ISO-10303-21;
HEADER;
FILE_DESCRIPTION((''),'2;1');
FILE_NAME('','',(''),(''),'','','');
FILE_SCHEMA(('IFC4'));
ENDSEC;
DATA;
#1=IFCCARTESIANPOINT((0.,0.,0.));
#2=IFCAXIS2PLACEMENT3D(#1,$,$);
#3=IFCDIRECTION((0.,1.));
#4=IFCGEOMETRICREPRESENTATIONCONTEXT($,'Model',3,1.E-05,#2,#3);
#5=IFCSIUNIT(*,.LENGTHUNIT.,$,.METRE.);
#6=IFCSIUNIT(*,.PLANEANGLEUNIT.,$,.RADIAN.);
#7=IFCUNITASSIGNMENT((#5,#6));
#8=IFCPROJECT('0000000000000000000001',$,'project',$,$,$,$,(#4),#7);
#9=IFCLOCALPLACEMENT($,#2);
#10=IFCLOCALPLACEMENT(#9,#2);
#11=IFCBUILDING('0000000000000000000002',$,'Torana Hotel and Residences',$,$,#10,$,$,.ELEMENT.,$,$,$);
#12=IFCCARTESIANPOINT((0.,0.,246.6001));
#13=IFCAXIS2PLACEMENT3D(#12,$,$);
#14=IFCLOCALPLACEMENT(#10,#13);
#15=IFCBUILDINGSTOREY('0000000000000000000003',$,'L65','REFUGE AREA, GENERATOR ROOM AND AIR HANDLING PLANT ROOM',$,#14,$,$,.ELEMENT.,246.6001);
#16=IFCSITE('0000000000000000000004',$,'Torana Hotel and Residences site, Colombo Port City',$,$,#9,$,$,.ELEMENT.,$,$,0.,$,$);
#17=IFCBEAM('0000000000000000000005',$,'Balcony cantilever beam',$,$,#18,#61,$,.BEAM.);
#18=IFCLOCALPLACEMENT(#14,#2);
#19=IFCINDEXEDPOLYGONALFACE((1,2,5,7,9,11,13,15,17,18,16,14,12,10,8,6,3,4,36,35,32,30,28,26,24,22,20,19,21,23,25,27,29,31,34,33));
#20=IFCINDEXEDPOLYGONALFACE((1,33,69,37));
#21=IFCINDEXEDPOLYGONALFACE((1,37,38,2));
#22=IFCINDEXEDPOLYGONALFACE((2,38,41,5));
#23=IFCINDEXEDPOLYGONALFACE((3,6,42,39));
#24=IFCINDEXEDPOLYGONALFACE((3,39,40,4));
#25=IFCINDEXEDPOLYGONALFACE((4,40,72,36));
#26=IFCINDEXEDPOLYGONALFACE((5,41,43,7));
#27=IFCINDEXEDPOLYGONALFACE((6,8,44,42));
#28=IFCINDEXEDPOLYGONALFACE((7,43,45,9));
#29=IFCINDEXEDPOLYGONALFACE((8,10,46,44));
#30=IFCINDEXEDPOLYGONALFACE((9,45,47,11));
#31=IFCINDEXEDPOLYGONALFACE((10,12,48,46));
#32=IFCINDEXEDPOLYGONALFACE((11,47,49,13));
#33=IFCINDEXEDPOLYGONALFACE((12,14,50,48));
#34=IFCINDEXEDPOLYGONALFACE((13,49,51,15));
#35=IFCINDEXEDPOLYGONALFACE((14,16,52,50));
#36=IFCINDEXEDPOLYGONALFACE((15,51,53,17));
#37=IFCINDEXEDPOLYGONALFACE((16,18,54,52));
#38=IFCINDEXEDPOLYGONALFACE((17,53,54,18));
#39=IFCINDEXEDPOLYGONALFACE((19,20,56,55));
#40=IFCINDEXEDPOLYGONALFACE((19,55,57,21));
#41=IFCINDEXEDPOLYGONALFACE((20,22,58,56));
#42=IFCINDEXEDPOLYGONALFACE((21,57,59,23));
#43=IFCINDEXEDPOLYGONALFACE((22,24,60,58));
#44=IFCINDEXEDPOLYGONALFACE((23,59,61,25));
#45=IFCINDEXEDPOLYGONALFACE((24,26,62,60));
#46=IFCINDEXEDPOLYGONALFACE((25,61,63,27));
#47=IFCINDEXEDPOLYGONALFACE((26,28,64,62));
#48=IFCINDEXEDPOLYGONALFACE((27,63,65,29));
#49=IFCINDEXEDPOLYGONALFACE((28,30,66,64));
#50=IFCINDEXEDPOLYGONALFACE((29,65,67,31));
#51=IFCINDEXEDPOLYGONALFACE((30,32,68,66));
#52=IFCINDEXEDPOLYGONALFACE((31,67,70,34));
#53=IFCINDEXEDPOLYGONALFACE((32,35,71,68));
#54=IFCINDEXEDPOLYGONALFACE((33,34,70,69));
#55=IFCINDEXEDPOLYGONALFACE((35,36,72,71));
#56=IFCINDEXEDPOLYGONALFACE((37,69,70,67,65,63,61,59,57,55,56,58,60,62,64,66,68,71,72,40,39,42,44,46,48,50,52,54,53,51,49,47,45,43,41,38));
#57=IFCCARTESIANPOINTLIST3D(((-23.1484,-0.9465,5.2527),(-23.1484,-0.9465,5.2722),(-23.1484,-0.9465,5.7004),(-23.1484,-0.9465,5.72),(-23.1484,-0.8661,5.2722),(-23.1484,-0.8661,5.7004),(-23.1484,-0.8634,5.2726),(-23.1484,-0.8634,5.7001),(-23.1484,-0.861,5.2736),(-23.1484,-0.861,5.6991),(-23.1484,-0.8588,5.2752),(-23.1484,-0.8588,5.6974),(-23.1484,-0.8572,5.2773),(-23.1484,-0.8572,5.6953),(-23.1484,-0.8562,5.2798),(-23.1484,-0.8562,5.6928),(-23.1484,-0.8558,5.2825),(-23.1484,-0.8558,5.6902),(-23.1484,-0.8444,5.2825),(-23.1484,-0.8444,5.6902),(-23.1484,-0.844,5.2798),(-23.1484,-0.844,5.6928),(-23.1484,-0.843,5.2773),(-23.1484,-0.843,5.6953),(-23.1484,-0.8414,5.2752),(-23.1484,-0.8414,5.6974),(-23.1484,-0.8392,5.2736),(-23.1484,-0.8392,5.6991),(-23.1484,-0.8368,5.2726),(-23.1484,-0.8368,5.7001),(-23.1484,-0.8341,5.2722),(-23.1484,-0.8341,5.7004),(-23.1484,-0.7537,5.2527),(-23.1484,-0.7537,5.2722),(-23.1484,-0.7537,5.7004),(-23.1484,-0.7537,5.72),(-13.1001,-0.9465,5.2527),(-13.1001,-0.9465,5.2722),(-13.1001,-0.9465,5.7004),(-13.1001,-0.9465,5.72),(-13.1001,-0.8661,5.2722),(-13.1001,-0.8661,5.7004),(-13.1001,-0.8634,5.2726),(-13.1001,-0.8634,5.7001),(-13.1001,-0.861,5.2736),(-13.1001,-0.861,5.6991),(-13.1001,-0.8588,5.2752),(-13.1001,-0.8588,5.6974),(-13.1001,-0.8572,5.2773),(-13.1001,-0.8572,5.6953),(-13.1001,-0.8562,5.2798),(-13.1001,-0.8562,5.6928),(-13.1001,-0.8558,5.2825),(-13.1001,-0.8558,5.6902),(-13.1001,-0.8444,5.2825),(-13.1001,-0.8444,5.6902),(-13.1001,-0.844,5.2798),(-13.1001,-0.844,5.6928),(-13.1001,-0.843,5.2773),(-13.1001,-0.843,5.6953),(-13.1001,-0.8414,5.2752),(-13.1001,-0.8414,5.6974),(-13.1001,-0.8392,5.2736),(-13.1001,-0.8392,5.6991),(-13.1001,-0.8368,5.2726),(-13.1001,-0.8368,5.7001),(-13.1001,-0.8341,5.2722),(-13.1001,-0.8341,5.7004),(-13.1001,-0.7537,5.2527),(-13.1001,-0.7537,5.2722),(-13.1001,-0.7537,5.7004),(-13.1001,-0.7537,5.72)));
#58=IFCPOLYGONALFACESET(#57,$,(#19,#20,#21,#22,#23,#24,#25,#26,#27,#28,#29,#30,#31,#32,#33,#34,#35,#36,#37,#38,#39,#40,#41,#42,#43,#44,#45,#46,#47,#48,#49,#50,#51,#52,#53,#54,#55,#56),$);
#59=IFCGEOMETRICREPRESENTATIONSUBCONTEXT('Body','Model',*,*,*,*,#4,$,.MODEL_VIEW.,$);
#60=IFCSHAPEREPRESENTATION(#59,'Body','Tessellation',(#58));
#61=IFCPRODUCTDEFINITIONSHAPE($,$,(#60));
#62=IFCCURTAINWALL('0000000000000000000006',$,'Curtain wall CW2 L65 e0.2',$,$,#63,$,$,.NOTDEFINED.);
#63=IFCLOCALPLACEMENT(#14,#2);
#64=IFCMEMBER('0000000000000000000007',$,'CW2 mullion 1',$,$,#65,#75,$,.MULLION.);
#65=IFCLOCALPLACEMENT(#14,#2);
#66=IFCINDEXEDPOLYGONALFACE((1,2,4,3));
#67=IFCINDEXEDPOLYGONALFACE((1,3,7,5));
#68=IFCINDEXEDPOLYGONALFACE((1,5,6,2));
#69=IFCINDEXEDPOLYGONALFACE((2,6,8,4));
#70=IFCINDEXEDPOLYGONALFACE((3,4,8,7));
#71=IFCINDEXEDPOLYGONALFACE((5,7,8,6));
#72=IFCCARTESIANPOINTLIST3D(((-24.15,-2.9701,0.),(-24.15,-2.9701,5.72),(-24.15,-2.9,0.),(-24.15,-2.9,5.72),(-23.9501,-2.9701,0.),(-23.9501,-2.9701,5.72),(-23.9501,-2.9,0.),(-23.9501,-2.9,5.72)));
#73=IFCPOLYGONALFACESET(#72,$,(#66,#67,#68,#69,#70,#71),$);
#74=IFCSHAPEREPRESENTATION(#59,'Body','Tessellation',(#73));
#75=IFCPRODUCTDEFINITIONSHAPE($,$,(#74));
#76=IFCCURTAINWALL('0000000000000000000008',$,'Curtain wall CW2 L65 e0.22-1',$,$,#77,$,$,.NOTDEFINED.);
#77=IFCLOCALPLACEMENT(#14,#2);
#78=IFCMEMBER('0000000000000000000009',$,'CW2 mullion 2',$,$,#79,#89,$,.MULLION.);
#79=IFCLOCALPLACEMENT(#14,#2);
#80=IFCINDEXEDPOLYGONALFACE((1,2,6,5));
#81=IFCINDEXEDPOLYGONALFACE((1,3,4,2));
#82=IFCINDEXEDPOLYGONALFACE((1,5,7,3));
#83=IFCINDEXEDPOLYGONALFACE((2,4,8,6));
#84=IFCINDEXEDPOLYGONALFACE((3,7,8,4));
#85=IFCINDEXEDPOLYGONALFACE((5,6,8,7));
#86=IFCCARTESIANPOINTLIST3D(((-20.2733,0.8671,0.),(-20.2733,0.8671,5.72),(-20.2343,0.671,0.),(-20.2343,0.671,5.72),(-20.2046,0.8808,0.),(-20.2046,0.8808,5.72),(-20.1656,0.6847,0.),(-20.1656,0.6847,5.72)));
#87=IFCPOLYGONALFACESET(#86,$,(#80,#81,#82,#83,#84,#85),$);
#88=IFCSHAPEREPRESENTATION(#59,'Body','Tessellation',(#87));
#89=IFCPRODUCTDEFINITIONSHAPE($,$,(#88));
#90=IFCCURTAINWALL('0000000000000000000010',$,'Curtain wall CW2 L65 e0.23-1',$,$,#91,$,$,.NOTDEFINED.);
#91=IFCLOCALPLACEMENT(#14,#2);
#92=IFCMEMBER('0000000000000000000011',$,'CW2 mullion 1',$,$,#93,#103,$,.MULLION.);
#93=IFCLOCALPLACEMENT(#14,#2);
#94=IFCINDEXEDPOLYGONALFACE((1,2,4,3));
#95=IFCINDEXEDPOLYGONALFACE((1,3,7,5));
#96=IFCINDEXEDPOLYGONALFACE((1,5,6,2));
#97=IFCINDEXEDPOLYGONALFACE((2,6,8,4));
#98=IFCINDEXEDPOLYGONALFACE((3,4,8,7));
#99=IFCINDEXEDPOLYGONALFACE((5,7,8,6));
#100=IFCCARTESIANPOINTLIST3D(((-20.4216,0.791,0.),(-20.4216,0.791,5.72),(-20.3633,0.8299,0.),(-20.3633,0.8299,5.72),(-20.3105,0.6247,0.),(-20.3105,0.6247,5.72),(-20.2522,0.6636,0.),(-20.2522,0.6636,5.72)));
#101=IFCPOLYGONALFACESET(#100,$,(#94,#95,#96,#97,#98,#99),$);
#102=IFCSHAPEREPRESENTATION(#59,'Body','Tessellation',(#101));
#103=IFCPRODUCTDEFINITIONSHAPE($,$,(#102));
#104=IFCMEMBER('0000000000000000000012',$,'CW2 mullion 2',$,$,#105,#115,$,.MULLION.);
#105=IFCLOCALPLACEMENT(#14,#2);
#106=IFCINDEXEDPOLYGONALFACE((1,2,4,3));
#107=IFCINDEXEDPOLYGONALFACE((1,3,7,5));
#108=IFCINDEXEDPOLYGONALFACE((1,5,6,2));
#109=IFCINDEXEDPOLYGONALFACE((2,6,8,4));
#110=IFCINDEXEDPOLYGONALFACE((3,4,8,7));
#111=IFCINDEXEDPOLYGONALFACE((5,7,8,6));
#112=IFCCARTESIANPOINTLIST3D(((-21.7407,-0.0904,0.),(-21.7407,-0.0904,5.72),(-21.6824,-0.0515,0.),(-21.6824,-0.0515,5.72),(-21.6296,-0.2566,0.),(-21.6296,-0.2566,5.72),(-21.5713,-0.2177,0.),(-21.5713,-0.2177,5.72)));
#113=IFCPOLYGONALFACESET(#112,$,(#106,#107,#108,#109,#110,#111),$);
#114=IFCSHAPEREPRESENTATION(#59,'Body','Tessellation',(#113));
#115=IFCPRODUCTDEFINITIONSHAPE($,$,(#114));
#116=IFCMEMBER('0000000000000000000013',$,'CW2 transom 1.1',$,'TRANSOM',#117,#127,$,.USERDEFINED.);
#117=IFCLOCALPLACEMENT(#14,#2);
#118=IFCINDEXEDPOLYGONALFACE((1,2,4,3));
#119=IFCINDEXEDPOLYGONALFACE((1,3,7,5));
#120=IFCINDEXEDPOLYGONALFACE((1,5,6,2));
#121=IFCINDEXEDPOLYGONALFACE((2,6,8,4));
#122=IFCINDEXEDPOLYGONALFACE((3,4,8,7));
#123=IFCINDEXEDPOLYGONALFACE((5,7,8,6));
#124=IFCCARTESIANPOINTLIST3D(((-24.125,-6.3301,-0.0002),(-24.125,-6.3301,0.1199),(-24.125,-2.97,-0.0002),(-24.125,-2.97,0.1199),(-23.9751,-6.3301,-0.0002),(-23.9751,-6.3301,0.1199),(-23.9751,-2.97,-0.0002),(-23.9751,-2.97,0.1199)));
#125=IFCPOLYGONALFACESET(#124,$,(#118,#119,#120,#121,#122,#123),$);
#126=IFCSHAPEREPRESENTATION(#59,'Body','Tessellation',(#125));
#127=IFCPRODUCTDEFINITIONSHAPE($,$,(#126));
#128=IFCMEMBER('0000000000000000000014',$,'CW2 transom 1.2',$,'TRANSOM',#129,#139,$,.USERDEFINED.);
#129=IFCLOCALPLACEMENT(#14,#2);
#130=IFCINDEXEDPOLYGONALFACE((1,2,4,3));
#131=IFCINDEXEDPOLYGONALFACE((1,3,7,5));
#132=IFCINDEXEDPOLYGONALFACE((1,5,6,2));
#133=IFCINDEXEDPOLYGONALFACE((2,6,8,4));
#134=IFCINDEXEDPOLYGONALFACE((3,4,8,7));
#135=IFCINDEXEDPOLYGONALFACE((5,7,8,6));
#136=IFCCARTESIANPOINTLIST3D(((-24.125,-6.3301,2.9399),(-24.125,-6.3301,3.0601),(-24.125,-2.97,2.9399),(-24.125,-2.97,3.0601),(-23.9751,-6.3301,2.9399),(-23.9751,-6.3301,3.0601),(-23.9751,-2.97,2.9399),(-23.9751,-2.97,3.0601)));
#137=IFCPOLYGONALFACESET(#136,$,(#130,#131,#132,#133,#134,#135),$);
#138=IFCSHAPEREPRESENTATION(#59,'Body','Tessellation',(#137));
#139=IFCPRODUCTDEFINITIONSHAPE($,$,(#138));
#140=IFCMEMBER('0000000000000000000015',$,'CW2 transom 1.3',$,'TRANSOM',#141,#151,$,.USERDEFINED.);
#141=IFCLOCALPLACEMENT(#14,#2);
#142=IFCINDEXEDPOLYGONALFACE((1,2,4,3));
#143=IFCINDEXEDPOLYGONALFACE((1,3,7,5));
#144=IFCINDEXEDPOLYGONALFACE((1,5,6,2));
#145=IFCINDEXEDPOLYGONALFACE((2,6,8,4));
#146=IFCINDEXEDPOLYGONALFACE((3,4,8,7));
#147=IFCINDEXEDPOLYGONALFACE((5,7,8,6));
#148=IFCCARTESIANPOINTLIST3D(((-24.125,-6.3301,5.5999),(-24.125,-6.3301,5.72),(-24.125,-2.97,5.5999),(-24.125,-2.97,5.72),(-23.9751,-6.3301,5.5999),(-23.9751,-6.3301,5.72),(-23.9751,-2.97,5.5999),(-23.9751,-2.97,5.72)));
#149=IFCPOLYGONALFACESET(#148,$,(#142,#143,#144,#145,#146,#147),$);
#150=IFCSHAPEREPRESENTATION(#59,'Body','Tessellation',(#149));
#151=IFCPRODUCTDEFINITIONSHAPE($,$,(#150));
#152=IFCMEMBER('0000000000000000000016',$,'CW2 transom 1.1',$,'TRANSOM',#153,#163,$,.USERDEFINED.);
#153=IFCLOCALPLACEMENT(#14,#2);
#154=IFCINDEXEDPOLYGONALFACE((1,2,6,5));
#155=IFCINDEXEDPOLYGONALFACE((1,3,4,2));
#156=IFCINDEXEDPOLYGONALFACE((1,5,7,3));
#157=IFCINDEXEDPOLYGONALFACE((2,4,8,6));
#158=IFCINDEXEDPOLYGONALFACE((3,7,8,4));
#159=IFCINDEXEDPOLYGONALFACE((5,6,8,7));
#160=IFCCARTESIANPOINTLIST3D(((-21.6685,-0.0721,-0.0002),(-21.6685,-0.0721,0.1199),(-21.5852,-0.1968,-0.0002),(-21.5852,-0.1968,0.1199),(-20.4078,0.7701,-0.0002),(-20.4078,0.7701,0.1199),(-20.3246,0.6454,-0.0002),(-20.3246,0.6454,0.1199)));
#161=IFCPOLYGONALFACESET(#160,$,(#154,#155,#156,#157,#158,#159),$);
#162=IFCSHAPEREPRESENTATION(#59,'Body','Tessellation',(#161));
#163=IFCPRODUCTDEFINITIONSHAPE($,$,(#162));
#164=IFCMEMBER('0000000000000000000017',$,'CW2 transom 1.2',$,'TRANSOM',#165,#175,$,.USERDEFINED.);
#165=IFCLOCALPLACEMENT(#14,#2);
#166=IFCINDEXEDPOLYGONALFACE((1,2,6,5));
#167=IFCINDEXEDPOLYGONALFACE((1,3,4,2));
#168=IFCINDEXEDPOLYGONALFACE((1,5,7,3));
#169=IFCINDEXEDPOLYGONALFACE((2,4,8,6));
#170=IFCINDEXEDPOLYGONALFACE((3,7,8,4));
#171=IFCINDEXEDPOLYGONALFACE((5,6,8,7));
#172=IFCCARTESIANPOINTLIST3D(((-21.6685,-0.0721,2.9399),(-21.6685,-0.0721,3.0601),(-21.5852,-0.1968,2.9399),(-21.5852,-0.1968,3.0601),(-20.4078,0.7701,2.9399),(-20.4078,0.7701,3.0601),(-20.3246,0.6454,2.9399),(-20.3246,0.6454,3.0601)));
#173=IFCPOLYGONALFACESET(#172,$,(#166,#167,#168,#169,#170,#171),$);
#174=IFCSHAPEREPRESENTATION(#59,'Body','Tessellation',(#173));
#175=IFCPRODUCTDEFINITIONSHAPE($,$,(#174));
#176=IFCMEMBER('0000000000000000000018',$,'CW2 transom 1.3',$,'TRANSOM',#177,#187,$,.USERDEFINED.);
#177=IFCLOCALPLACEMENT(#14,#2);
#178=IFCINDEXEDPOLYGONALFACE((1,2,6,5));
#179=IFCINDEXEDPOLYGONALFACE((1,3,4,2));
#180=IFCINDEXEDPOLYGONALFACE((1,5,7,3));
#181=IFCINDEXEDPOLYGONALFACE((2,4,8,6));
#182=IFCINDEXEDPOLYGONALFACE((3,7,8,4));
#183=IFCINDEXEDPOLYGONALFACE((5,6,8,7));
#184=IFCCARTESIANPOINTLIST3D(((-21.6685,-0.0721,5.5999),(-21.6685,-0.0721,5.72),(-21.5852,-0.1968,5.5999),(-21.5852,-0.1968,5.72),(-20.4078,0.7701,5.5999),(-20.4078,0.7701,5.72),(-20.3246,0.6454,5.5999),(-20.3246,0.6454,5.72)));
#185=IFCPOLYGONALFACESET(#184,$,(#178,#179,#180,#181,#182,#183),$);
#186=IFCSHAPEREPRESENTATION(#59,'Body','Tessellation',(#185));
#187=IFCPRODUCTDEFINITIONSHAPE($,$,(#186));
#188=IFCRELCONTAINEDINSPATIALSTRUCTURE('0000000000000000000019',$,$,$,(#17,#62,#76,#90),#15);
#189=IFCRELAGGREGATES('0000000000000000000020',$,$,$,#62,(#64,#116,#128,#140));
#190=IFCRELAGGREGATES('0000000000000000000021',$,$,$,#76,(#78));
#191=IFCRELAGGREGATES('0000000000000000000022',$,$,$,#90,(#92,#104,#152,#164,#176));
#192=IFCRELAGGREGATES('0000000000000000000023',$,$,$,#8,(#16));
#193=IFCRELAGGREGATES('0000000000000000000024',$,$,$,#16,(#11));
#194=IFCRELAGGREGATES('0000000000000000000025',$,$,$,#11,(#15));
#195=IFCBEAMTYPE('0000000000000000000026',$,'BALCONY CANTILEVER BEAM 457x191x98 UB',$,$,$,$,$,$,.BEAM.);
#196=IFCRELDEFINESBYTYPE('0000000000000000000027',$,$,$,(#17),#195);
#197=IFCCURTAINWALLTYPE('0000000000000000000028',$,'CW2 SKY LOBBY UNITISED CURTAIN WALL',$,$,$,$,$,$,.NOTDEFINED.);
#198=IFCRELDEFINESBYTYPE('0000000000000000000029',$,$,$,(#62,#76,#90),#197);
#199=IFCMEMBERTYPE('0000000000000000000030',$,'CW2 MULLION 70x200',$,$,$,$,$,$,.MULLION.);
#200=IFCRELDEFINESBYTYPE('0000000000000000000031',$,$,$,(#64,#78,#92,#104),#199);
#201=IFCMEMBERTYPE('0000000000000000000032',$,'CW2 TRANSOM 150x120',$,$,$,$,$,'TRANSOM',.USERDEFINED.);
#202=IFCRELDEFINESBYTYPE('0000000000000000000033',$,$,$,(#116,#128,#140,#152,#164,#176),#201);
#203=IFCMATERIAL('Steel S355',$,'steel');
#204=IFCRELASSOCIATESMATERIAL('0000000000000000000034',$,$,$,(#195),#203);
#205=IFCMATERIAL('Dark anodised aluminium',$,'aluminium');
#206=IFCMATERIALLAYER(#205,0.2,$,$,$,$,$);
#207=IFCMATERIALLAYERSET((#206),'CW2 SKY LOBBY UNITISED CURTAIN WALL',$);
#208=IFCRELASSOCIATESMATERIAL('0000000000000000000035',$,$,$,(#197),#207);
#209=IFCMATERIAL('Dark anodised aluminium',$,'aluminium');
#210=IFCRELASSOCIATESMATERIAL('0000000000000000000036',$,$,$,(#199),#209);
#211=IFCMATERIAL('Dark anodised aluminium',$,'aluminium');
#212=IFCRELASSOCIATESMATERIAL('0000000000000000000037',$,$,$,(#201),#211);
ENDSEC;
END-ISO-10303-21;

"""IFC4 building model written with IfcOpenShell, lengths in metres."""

from ifc_helpers import new_model, si_unit, direction, frame, origin, origin_2d, place, context, subcontext, project, spatial, rectangle, i_section, extrude, material, layer, layer_set, material_profile, profile_set, type_object, element, aggregate, save


model = new_model("IFC4")

# Units and contexts
model_context = context("Model", 3, precision=1e-05, world=origin(), true_north=direction((0.0, 1.0)))
body_context = subcontext(model_context, "Body", "Model", "MODEL_VIEW")
ifc_project = project(units=[si_unit("LENGTHUNIT", "METRE"), si_unit("PLANEANGLEUNIT", "RADIAN")], contexts=[model_context])

# Site, building, storey
site_placement = place(None, origin())
site = spatial("IfcSite", under=ifc_project, at=site_placement, Name="Torana Hotel and Residences site, Colombo Port City", CompositionType="ELEMENT", RefElevation=0.0)
building_placement = place(site_placement, origin())
building = spatial("IfcBuilding", under=site, at=building_placement, Name="Torana Hotel and Residences", CompositionType="ELEMENT")
storey_placement = place(building_placement, frame((0.0, 0.0, 246.6001)))
storey = spatial("IfcBuildingStorey", under=building, at=storey_placement, Name="L65", Description="REFUGE AREA, GENERATOR ROOM AND AIR HANDLING PLANT ROOM", CompositionType="ELEMENT", Elevation=246.6001)

# Beam
ifc_material_1 = material(Name="Steel S355", Category="steel")
ifc_material_profile_1 = material_profile(ifc_material_1, i_section(OverallWidth=0.1929, OverallDepth=0.4673, WebThickness=0.0115, FlangeThickness=0.0195, FilletRadius=0.0103, at=origin_2d()), Name="457x191x98 UB")
ifc_profile_set_1 = profile_set([ifc_material_profile_1], Name="Steel S355")
beam_type = type_object("IfcBeamType", Name="BALCONY CANTILEVER BEAM 457x191x98 UB", PredefinedType="BEAM", material=ifc_profile_set_1)
beam_placement = place(storey_placement, frame((-23.1484, -0.8501, 5.4863), z_axis=(1.0, 0.0, 0.0), x_axis=(0.0, 1.0, 0.0)))
element("IfcBeam", 1, at=beam_placement, inside=storey, type_object=beam_type, Name="Balcony cantilever beam", PredefinedType="BEAM", context=body_context, shape_type="SweptSolid", body=[
    extrude(i_section(OverallWidth=0.1929, OverallDepth=0.4673, WebThickness=0.0115, FlangeThickness=0.0195, FilletRadius=0.0103, at=origin_2d()), origin(), (0.0, 0.0, 1.0), 10.0483),
])

# Curtain walls, members
ifc_material_2 = material(Name="Dark anodised aluminium", Category="aluminium")
ifc_layer_1 = layer(ifc_material_2, 0.2)
ifc_layer_set_1 = layer_set([ifc_layer_1], Name="CW2 SKY LOBBY UNITISED CURTAIN WALL")
curtain_wall_type = type_object("IfcCurtainWallType", Name="CW2 SKY LOBBY UNITISED CURTAIN WALL", PredefinedType="NOTDEFINED", material=ifc_layer_set_1)
curtain_wall_1_placement = place(storey_placement, origin())
curtain_wall_1 = element("IfcCurtainWall", 2, at=curtain_wall_1_placement, inside=storey, type_object=curtain_wall_type, Name="Curtain wall CW2 L65 e0.2", PredefinedType="NOTDEFINED")
ifc_material_3 = material(Name="Dark anodised aluminium", Category="aluminium")
ifc_material_profile_2 = material_profile(ifc_material_3, rectangle(XDim=0.2, YDim=0.0701, at=origin_2d()), Name="CW2 MULLION 70x200")
ifc_profile_set_2 = profile_set([ifc_material_profile_2], Name="Dark anodised aluminium")
member_type_1 = type_object("IfcMemberType", Name="CW2 MULLION 70x200", PredefinedType="MULLION", material=ifc_profile_set_2)
member_1_placement = place(storey_placement, frame((-24.05, -2.9351, 0.0), z_axis=(0.0, 0.0, 1.0), x_axis=(1.0, 0.0, 0.0)))
member_1 = element("IfcMember", 3, at=member_1_placement, type_object=member_type_1, Name="CW2 mullion 1", PredefinedType="MULLION", context=body_context, shape_type="SweptSolid", body=[
    extrude(rectangle(XDim=0.2, YDim=0.0701, at=origin_2d()), origin(), (0.0, 0.0, 1.0), 5.72),
])
curtain_wall_2_placement = place(storey_placement, origin())
curtain_wall_2 = element("IfcCurtainWall", 4, at=curtain_wall_2_placement, inside=storey, type_object=curtain_wall_type, Name="Curtain wall CW2 L65 e0.22-1", PredefinedType="NOTDEFINED")
member_2_placement = place(storey_placement, frame((-20.2195, 0.7759, 0.0), z_axis=(0.0, 0.0, 1.0), x_axis=(0.195064, -0.980791, 0.0)))
member_2 = element("IfcMember", 5, at=member_2_placement, type_object=member_type_1, Name="CW2 mullion 2", PredefinedType="MULLION", context=body_context, shape_type="SweptSolid", body=[
    extrude(rectangle(XDim=0.2, YDim=0.0701, at=origin_2d()), origin(), (0.0, 0.0, 1.0), 5.72),
])

# Curtain wall, members
curtain_wall_3_placement = place(storey_placement, origin())
curtain_wall_3 = element("IfcCurtainWall", 6, at=curtain_wall_3_placement, inside=storey, type_object=curtain_wall_type, Name="Curtain wall CW2 L65 e0.23-1", PredefinedType="NOTDEFINED")
member_3_placement = place(storey_placement, frame((-20.3369, 0.7273, 0.0), z_axis=(0.0, 0.0, 1.0), x_axis=(0.555564, -0.831474, 0.0)))
member_3 = element("IfcMember", 7, at=member_3_placement, type_object=member_type_1, Name="CW2 mullion 1", PredefinedType="MULLION", context=body_context, shape_type="SweptSolid", body=[
    extrude(rectangle(XDim=0.2, YDim=0.0701, at=origin_2d()), origin(), (0.0, 0.0, 1.0), 5.72),
])
member_4_placement = place(storey_placement, frame((-21.656, -0.1541, 0.0), z_axis=(0.0, 0.0, 1.0), x_axis=(0.555564, -0.831474, 0.0)))
member_4 = element("IfcMember", 8, at=member_4_placement, type_object=member_type_1, Name="CW2 mullion 2", PredefinedType="MULLION", context=body_context, shape_type="SweptSolid", body=[
    extrude(rectangle(XDim=0.2, YDim=0.0701, at=origin_2d()), origin(), (0.0, 0.0, 1.0), 5.72),
])

# Members
ifc_material_4 = material(Name="Dark anodised aluminium", Category="aluminium")
ifc_material_profile_3 = material_profile(ifc_material_4, rectangle(XDim=0.1499, YDim=0.1201, at=origin_2d()), Name="CW2 TRANSOM 150x120")
ifc_profile_set_3 = profile_set([ifc_material_profile_3], Name="Dark anodised aluminium")
member_type_2 = type_object("IfcMemberType", Name="CW2 TRANSOM 150x120", ElementType="TRANSOM", PredefinedType="USERDEFINED", material=ifc_profile_set_3)
member_5_placement = place(storey_placement, frame((-24.05, -2.97, 0.0598), z_axis=(0.0, -1.0, 0.0), x_axis=(1.0, 0.0, 0.0)))
member_5 = element("IfcMember", 9, at=member_5_placement, type_object=member_type_2, Name="CW2 transom 1.1", ObjectType="TRANSOM", PredefinedType="USERDEFINED", context=body_context, shape_type="SweptSolid", body=[
    extrude(rectangle(XDim=0.1499, YDim=0.1201, at=origin_2d()), origin(), (0.0, 0.0, 1.0), 3.3601),
])
member_6_placement = place(storey_placement, frame((-24.05, -2.97, 3.0), z_axis=(0.0, -1.0, 0.0), x_axis=(1.0, 0.0, 0.0)))
member_6 = element("IfcMember", 10, at=member_6_placement, type_object=member_type_2, Name="CW2 transom 1.2", ObjectType="TRANSOM", PredefinedType="USERDEFINED", context=body_context, shape_type="SweptSolid", body=[
    extrude(rectangle(XDim=0.1499, YDim=0.1201, at=origin_2d()), origin(), (0.0, 0.0, 1.0), 3.3601),
])
member_7_placement = place(storey_placement, frame((-24.05, -2.97, 5.6599), z_axis=(0.0, -1.0, 0.0), x_axis=(1.0, 0.0, 0.0)))
member_7 = element("IfcMember", 11, at=member_7_placement, type_object=member_type_2, Name="CW2 transom 1.3", ObjectType="TRANSOM", PredefinedType="USERDEFINED", context=body_context, shape_type="SweptSolid", body=[
    extrude(rectangle(XDim=0.1499, YDim=0.1201, at=origin_2d()), origin(), (0.0, 0.0, 1.0), 3.3601),
])
member_8_placement = place(storey_placement, frame((-20.3662, 0.7078, 0.0598), z_axis=(-0.831505, -0.555517, 0.0), x_axis=(0.555517, -0.831505, 0.0)))
member_8 = element("IfcMember", 12, at=member_8_placement, type_object=member_type_2, Name="CW2 transom 1.1", ObjectType="TRANSOM", PredefinedType="USERDEFINED", context=body_context, shape_type="SweptSolid", body=[
    extrude(rectangle(XDim=0.1499, YDim=0.1201, at=origin_2d()), origin(), (0.0, 0.0, 1.0), 1.5161),
])
member_9_placement = place(storey_placement, frame((-20.3662, 0.7078, 3.0), z_axis=(-0.831505, -0.555517, 0.0), x_axis=(0.555517, -0.831505, 0.0)))
member_9 = element("IfcMember", 13, at=member_9_placement, type_object=member_type_2, Name="CW2 transom 1.2", ObjectType="TRANSOM", PredefinedType="USERDEFINED", context=body_context, shape_type="SweptSolid", body=[
    extrude(rectangle(XDim=0.1499, YDim=0.1201, at=origin_2d()), origin(), (0.0, 0.0, 1.0), 1.5161),
])
member_10_placement = place(storey_placement, frame((-20.3662, 0.7078, 5.6599), z_axis=(-0.831505, -0.555517, 0.0), x_axis=(0.555517, -0.831505, 0.0)))
member_10 = element("IfcMember", 14, at=member_10_placement, type_object=member_type_2, Name="CW2 transom 1.3", ObjectType="TRANSOM", PredefinedType="USERDEFINED", context=body_context, shape_type="SweptSolid", body=[
    extrude(rectangle(XDim=0.1499, YDim=0.1201, at=origin_2d()), origin(), (0.0, 0.0, 1.0), 1.5161),
])

aggregate(curtain_wall_1, [member_1, member_5, member_6, member_7])
aggregate(curtain_wall_2, [member_2])
aggregate(curtain_wall_3, [member_3, member_4, member_8, member_9, member_10])

save(model, "model.ifc")
